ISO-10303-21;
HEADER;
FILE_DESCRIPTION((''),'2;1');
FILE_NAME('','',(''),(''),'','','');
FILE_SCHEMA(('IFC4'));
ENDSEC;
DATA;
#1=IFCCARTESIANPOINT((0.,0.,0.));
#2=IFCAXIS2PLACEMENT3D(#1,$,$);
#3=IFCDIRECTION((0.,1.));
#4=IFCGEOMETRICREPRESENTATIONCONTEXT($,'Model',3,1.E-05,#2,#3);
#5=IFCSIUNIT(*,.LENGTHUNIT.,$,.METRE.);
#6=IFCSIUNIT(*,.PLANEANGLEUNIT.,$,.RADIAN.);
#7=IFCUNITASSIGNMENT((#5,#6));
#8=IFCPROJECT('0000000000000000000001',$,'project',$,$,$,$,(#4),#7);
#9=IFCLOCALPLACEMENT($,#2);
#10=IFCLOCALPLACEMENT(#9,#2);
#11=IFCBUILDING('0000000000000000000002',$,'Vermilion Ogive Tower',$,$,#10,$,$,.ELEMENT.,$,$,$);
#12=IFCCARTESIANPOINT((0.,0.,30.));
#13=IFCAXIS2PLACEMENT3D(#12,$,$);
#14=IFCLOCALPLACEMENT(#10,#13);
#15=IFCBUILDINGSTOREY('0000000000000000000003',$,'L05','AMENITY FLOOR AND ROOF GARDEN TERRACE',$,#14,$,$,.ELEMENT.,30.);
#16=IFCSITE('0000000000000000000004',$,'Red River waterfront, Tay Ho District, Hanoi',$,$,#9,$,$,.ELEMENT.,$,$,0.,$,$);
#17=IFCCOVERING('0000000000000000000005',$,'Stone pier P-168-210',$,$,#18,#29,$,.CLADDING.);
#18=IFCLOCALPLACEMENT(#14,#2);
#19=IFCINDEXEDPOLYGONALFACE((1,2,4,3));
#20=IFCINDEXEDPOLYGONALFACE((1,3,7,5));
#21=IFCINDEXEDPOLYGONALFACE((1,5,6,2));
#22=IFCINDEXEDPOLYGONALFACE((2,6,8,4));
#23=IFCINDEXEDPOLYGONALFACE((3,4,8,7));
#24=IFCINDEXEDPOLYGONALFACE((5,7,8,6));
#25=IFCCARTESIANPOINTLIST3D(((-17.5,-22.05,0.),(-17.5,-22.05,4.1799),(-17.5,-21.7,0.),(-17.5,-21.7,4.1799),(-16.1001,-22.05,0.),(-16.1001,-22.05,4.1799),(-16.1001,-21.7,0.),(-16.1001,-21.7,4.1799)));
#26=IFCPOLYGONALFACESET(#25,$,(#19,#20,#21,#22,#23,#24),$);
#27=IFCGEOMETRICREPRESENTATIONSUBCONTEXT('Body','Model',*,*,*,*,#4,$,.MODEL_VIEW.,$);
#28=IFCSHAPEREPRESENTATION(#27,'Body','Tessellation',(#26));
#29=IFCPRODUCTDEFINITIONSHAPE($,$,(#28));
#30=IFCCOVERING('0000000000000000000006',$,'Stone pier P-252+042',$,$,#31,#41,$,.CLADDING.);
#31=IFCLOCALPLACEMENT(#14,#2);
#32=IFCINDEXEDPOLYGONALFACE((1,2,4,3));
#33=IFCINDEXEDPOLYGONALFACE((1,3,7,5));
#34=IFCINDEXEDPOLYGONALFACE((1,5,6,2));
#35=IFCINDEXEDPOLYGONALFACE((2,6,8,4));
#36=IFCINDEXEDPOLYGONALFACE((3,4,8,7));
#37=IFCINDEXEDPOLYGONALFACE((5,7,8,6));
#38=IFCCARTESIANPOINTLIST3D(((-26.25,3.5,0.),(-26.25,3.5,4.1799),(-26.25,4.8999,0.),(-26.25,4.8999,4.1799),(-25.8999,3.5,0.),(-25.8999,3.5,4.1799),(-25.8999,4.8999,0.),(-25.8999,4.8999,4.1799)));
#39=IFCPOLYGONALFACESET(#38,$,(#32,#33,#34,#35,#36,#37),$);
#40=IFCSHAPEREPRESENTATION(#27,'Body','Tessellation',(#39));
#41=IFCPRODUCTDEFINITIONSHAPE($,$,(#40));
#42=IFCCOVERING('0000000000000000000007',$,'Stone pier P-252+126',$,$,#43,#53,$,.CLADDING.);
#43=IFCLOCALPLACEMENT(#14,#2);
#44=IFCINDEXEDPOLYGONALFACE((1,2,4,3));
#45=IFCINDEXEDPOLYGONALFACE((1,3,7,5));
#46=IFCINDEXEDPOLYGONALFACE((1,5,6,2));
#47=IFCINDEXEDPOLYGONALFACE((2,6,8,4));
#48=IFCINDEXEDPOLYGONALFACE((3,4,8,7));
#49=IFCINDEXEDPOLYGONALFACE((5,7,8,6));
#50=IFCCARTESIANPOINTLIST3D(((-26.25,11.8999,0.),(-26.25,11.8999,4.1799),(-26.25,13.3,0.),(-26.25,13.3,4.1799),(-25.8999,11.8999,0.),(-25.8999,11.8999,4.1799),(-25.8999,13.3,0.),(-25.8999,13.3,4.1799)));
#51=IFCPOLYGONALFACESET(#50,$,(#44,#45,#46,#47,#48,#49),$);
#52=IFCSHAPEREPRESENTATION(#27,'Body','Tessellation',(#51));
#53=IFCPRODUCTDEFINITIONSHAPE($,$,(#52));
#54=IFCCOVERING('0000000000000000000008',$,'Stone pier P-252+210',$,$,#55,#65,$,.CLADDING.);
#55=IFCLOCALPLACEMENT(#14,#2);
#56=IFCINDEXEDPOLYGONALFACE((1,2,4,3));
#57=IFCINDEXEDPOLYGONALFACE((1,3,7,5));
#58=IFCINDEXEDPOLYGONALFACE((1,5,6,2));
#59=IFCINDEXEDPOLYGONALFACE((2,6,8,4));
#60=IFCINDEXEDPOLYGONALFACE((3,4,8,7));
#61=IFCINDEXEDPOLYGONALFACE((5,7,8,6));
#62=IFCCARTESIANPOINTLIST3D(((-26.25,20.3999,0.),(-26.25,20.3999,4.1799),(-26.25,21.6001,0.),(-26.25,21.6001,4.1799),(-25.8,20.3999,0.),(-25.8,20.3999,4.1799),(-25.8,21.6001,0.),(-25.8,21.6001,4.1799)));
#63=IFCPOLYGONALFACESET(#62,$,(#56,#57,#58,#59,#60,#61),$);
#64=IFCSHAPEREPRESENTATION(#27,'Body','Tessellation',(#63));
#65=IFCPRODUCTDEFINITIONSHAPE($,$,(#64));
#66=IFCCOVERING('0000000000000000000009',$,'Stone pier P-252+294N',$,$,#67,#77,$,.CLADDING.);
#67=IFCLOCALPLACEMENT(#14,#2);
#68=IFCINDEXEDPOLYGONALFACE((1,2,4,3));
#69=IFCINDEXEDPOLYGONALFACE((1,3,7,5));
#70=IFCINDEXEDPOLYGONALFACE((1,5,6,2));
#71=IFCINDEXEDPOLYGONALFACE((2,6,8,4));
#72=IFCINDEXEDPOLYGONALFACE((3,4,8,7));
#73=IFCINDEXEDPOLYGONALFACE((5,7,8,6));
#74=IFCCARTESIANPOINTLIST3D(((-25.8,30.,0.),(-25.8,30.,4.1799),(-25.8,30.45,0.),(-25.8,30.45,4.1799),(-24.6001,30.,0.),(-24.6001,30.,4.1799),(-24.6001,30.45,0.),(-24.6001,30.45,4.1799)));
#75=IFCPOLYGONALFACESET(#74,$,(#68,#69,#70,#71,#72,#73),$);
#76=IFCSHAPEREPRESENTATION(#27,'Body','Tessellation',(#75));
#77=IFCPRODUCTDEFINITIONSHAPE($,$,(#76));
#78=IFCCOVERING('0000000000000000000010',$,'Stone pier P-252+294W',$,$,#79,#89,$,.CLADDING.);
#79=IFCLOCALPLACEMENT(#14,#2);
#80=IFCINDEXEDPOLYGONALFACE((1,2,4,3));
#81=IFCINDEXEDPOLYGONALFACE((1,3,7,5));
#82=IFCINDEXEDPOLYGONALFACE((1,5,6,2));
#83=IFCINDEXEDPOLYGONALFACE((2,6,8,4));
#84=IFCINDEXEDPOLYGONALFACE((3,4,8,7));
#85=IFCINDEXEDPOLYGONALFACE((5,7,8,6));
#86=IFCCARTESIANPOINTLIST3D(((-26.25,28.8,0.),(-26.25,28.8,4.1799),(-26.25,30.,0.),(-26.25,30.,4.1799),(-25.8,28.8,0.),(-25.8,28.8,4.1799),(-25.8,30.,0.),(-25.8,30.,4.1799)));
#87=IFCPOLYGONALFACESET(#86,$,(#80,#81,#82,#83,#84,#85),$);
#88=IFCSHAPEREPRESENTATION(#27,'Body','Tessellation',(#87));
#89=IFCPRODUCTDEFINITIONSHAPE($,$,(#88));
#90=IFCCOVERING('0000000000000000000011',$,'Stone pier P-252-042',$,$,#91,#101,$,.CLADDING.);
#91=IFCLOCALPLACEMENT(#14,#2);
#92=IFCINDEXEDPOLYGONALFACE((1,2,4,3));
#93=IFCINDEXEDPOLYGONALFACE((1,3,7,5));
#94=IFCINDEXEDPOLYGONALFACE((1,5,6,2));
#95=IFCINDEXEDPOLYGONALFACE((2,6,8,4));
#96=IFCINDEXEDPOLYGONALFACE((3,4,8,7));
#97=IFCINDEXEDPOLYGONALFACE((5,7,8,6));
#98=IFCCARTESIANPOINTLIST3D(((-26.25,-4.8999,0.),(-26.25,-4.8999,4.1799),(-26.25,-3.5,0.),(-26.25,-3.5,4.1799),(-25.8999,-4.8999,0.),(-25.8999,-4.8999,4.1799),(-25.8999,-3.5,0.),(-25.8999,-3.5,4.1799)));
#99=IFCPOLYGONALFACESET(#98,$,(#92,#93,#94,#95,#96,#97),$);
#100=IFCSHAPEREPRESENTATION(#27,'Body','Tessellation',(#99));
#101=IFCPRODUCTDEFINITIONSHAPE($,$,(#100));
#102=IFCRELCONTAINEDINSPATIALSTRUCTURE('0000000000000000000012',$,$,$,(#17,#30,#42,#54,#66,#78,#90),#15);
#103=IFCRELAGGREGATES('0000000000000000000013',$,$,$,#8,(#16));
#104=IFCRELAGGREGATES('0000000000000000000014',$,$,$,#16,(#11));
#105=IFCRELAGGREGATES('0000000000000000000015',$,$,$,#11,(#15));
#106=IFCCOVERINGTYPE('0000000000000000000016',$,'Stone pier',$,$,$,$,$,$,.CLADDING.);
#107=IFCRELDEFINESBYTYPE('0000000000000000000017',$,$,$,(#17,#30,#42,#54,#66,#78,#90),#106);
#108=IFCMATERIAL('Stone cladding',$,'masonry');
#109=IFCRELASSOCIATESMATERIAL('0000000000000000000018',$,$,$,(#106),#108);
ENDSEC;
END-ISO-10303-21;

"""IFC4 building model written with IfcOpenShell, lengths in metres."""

from ifc_helpers import new_model, si_unit, direction, frame, origin, place, context, subcontext, project, spatial, polyline, outline, extrude, material, type_object, element, save


model = new_model("IFC4")

# Units and contexts
model_context = context("Model", 3, precision=1e-05, world=origin(), true_north=direction((0.0, 1.0)))
body_context = subcontext(model_context, "Body", "Model", "MODEL_VIEW")
ifc_project = project(units=[si_unit("LENGTHUNIT", "METRE"), si_unit("PLANEANGLEUNIT", "RADIAN")], contexts=[model_context])

# Site, building, storey
site_placement = place(None, origin())
site = spatial("IfcSite", under=ifc_project, at=site_placement, Name="Red River waterfront, Tay Ho District, Hanoi", CompositionType="ELEMENT", RefElevation=0.0)
building_placement = place(site_placement, origin())
building = spatial("IfcBuilding", under=site, at=building_placement, Name="Vermilion Ogive Tower", CompositionType="ELEMENT")
storey_placement = place(building_placement, frame((0.0, 0.0, 30.0)))
storey = spatial("IfcBuildingStorey", under=building, at=storey_placement, Name="L05", Description="AMENITY FLOOR AND ROOF GARDEN TERRACE", CompositionType="ELEMENT", Elevation=30.0)

# Coverings
ifc_material_1 = material(Name="Stone cladding", Category="masonry")
covering_type = type_object("IfcCoveringType", Name="Stone pier", PredefinedType="CLADDING", material=ifc_material_1)
covering_1_placement = place(storey_placement, origin())
element("IfcCovering", 1, at=covering_1_placement, inside=storey, type_object=covering_type, Name="Stone pier P-168-210", PredefinedType="CLADDING", context=body_context, shape_type="SweptSolid", body=[
    extrude(outline(polyline([(-16.1001, -22.05), (-17.5, -22.05), (-17.5, -21.7), (-16.1001, -21.7), (-16.1001, -22.05)])), origin(), (0.0, 0.0, 1.0), 4.1799),
])
covering_2_placement = place(storey_placement, origin())
element("IfcCovering", 2, at=covering_2_placement, inside=storey, type_object=covering_type, Name="Stone pier P-252+042", PredefinedType="CLADDING", context=body_context, shape_type="SweptSolid", body=[
    extrude(outline(polyline([(-26.25, 3.5), (-26.25, 4.8999), (-25.8999, 4.8999), (-25.8999, 3.5), (-26.25, 3.5)])), origin(), (0.0, 0.0, 1.0), 4.1799),
])
covering_3_placement = place(storey_placement, origin())
element("IfcCovering", 3, at=covering_3_placement, inside=storey, type_object=covering_type, Name="Stone pier P-252+126", PredefinedType="CLADDING", context=body_context, shape_type="SweptSolid", body=[
    extrude(outline(polyline([(-25.8999, 11.8999), (-26.25, 11.8999), (-26.25, 13.3), (-25.8999, 13.3), (-25.8999, 13.3), (-25.8999, 11.8999)])), origin(), (0.0, 0.0, 1.0), 4.1799),
])
covering_4_placement = place(storey_placement, origin())
element("IfcCovering", 4, at=covering_4_placement, inside=storey, type_object=covering_type, Name="Stone pier P-252+210", PredefinedType="CLADDING", context=body_context, shape_type="SweptSolid", body=[
    extrude(outline(polyline([(-26.25, 20.3999), (-26.25, 21.6001), (-25.8, 21.6001), (-25.8, 20.3999), (-26.25, 20.3999)])), origin(), (0.0, 0.0, 1.0), 4.1799),
])
covering_5_placement = place(storey_placement, origin())
element("IfcCovering", 5, at=covering_5_placement, inside=storey, type_object=covering_type, Name="Stone pier P-252+294N", PredefinedType="CLADDING", context=body_context, shape_type="SweptSolid", body=[
    extrude(outline(polyline([(-25.8, 30.45), (-24.6001, 30.45), (-24.6001, 30.0), (-25.8, 30.0), (-25.8, 30.45)])), origin(), (0.0, 0.0, 1.0), 4.1799),
])
covering_6_placement = place(storey_placement, origin())
element("IfcCovering", 6, at=covering_6_placement, inside=storey, type_object=covering_type, Name="Stone pier P-252+294W", PredefinedType="CLADDING", context=body_context, shape_type="SweptSolid", body=[
    extrude(outline(polyline([(-26.25, 30.0), (-25.8, 30.0), (-25.8, 28.8), (-26.25, 28.8), (-26.25, 30.0)])), origin(), (0.0, 0.0, 1.0), 4.1799),
])
covering_7_placement = place(storey_placement, origin())
element("IfcCovering", 7, at=covering_7_placement, inside=storey, type_object=covering_type, Name="Stone pier P-252-042", PredefinedType="CLADDING", context=body_context, shape_type="SweptSolid", body=[
    extrude(outline(polyline([(-25.8999, -4.8999), (-26.25, -4.8999), (-26.25, -3.5), (-25.8999, -3.5), (-25.8999, -4.8999), (-25.8999, -4.8999)])), origin(), (0.0, 0.0, 1.0), 4.1799),
])

save(model, "model.ifc")
